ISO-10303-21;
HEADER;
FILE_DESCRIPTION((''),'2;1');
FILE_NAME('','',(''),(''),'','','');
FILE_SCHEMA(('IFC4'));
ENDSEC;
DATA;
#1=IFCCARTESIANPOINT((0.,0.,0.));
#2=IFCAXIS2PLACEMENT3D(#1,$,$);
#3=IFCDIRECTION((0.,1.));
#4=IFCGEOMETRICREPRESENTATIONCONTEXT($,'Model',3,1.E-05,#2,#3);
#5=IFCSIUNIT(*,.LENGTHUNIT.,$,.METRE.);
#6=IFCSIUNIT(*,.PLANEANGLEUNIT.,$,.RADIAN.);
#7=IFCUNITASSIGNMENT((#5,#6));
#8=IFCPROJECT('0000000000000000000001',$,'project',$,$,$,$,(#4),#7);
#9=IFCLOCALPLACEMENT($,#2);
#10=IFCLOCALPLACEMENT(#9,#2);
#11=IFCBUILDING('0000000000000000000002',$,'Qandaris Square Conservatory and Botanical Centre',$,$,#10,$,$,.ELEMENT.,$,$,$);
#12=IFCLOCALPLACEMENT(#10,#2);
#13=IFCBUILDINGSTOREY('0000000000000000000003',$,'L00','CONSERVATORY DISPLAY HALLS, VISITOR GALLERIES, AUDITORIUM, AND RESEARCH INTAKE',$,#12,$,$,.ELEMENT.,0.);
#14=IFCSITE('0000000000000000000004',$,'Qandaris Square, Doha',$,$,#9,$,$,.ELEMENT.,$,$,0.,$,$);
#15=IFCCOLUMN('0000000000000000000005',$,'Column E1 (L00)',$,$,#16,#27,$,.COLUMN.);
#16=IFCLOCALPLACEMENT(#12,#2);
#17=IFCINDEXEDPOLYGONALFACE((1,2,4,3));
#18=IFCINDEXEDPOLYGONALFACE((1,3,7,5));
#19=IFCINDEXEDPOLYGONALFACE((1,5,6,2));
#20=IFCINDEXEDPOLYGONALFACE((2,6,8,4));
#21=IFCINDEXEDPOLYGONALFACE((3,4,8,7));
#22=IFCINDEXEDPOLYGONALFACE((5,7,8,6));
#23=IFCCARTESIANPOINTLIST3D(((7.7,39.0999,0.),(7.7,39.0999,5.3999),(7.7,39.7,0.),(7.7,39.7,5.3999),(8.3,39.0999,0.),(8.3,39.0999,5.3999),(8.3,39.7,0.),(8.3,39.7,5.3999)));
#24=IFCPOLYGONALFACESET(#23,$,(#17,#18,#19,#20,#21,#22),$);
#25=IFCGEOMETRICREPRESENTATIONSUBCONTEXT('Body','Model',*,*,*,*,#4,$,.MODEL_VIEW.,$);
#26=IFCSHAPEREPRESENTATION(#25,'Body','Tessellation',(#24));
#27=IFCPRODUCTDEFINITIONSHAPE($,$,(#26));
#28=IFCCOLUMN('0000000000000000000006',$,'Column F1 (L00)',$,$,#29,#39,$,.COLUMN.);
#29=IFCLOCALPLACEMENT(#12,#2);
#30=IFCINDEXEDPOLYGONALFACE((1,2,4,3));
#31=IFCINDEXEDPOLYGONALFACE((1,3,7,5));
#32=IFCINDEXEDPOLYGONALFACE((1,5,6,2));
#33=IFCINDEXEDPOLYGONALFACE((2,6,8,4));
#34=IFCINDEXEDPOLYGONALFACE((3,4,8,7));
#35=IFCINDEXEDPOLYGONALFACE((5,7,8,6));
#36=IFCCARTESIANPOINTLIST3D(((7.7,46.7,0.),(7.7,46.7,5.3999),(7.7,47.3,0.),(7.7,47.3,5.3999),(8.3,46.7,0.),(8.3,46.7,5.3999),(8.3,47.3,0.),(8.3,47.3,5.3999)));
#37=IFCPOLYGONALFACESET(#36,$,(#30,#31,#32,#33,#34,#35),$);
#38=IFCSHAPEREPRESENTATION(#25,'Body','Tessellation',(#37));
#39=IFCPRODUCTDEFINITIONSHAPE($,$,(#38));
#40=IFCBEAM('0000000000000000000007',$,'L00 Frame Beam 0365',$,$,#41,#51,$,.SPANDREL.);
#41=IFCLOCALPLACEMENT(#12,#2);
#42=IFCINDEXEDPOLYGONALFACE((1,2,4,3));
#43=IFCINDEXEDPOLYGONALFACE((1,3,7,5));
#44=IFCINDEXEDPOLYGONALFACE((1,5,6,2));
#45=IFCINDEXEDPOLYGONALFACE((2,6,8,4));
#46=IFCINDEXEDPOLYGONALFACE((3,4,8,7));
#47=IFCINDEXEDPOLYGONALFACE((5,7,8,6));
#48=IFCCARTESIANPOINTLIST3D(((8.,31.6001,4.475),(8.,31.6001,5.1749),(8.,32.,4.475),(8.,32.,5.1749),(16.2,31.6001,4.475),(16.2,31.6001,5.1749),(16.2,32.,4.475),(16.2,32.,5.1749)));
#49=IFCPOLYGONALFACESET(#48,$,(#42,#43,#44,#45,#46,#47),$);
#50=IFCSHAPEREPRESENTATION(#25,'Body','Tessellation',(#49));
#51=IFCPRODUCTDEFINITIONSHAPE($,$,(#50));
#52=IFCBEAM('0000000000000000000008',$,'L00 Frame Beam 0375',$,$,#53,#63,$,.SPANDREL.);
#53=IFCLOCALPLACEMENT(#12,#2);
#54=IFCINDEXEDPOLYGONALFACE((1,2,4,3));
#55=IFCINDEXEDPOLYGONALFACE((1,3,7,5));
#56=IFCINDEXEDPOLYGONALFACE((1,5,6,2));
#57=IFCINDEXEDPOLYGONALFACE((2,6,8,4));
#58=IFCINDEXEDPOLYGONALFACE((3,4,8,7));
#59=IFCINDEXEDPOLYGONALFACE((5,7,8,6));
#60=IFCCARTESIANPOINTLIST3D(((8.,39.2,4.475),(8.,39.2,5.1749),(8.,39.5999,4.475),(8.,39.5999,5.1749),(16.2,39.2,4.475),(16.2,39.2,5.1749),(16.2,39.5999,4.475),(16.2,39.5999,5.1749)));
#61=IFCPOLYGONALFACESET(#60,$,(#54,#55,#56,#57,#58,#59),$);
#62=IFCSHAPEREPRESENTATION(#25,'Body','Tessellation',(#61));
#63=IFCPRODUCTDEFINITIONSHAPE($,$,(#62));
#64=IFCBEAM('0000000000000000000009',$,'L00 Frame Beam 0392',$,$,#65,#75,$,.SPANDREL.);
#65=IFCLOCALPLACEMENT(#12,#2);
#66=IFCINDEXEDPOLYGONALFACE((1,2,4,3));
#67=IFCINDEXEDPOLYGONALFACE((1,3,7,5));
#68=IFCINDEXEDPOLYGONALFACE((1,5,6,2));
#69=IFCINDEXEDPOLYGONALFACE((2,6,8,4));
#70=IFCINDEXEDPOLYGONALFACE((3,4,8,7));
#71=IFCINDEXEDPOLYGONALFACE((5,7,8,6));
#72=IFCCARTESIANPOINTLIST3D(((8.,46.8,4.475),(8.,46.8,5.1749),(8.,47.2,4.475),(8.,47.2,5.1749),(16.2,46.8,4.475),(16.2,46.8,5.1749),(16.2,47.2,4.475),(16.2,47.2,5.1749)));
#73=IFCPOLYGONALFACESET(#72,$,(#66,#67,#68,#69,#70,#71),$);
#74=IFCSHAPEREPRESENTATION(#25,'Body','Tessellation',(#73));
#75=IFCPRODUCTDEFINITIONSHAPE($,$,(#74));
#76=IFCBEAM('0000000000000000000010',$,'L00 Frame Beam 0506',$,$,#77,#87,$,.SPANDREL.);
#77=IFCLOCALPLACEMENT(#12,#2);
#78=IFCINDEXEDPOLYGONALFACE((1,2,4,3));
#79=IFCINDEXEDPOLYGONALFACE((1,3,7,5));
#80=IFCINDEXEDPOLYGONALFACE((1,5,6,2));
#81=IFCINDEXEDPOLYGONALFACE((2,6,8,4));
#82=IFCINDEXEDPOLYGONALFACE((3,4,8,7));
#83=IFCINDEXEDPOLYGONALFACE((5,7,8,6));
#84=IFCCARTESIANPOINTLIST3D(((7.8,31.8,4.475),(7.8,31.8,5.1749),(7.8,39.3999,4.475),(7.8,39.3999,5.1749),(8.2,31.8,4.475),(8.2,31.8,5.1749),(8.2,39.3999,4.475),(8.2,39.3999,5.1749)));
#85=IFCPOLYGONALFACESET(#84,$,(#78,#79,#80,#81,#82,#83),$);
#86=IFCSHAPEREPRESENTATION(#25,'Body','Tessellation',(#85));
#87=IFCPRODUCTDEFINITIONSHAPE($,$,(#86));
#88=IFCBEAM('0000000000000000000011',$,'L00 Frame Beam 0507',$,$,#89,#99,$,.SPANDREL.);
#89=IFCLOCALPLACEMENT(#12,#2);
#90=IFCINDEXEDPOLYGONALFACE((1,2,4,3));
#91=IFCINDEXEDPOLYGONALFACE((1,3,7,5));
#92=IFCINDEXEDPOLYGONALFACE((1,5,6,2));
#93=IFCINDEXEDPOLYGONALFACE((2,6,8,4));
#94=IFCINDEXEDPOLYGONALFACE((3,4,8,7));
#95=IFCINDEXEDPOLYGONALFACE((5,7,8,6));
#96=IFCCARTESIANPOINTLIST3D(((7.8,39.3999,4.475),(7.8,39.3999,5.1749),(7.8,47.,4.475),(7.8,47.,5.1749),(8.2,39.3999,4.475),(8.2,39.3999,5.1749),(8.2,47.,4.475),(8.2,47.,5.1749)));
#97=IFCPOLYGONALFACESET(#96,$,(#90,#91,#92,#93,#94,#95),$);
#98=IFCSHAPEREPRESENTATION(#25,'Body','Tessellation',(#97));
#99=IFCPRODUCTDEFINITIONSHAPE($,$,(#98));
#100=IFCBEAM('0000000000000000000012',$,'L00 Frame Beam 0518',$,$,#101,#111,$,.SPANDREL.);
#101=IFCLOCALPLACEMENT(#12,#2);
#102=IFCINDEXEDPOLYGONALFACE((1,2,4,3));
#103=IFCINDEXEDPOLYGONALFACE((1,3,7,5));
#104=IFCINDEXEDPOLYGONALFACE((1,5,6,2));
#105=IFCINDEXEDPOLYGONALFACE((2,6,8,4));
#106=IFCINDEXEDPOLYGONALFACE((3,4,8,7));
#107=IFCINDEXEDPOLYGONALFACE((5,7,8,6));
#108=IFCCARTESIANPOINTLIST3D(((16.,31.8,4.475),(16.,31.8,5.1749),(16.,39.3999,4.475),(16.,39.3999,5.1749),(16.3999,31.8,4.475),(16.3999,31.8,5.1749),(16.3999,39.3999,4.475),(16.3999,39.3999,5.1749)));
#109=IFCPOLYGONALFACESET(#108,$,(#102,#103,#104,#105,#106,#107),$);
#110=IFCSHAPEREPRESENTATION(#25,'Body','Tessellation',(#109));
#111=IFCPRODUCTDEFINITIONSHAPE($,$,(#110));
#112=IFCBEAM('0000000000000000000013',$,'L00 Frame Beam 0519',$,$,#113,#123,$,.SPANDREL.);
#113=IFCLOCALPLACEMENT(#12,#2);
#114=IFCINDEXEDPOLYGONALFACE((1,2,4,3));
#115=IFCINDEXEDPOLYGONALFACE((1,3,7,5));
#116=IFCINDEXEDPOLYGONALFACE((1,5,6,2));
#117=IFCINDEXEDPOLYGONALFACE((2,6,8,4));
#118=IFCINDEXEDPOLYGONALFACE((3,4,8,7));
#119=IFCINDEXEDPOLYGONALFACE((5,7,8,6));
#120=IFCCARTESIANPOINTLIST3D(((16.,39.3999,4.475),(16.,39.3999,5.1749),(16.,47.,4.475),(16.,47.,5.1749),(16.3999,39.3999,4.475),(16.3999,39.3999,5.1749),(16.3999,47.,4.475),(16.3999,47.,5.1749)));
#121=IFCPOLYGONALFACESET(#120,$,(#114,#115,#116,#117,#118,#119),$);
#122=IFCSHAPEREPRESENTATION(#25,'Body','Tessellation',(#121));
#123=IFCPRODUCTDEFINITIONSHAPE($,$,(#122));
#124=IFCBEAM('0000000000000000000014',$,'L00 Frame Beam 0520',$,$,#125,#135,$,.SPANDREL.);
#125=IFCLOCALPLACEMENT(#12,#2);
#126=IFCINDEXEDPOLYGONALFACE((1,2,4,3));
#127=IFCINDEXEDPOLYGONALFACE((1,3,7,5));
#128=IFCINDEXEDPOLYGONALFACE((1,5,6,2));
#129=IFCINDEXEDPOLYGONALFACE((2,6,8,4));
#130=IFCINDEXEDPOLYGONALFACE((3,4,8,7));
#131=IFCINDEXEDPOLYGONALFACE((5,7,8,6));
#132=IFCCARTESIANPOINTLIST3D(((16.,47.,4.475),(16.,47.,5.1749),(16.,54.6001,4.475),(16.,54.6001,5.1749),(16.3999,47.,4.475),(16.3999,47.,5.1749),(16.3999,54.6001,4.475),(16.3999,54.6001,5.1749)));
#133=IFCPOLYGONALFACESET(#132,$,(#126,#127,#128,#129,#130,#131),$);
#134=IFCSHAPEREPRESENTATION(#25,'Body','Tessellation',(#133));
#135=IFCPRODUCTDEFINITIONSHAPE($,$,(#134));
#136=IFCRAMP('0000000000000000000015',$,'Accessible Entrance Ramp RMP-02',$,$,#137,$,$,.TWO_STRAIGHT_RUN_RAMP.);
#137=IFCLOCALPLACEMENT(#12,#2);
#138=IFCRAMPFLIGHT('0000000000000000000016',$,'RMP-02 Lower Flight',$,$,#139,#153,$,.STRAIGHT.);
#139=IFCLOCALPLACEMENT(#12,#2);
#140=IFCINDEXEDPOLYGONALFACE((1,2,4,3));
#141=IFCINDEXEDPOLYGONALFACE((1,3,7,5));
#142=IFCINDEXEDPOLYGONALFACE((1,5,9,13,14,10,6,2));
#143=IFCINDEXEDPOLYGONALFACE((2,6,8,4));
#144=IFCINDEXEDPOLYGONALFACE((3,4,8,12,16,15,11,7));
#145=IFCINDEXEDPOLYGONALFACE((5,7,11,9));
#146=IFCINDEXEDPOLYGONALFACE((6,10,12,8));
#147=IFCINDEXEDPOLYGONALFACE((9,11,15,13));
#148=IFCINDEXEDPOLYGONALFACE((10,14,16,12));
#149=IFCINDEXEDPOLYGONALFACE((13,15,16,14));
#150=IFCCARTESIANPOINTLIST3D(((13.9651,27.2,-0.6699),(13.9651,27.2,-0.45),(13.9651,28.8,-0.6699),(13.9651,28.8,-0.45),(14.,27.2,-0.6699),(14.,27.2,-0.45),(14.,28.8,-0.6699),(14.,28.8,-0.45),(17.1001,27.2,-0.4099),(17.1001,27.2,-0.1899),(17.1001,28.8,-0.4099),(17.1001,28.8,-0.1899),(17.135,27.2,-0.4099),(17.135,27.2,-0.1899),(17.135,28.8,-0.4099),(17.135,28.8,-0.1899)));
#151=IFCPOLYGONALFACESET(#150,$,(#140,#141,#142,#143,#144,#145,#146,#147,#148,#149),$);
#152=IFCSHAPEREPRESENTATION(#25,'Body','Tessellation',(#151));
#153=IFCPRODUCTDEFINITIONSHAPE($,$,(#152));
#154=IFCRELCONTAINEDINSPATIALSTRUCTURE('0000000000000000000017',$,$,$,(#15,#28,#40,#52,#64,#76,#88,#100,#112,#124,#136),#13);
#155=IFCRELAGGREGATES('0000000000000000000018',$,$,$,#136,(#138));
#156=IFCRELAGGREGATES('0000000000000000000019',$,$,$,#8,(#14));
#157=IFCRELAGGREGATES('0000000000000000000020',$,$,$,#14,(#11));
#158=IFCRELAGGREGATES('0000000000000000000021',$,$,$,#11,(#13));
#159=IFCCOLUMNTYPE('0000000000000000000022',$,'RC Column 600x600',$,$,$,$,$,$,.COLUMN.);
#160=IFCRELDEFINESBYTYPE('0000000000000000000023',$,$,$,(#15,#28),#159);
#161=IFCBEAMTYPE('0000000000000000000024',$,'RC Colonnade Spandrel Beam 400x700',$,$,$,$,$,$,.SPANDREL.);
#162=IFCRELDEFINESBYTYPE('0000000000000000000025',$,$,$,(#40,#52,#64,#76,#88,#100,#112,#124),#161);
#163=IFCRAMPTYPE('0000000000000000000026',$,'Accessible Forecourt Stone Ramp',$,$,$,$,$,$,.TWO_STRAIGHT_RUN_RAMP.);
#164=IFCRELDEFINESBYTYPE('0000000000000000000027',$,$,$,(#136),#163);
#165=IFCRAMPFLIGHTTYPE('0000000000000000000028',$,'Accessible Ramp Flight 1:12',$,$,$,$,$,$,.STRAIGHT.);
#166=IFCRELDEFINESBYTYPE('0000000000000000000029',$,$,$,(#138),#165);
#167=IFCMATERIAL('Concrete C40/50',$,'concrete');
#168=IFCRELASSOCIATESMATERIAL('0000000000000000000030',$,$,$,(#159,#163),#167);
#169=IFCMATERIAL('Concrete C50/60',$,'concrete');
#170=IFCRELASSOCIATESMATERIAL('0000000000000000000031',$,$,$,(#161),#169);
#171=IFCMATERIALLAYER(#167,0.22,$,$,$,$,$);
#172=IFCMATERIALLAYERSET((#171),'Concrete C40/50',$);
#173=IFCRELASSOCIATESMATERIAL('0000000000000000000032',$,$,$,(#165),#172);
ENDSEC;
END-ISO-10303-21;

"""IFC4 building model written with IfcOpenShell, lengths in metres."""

from ifc_helpers import new_model, si_unit, direction, frame, origin, origin_2d, place, context, subcontext, project, spatial, polyline, rectangle, outline, extrude, material, layer, layer_set, material_profile, profile_set, type_object, element, aggregate, save


model = new_model("IFC4")

# Units and contexts
model_context = context("Model", 3, precision=1e-05, world=origin(), true_north=direction((0.0, 1.0)))
body_context = subcontext(model_context, "Body", "Model", "MODEL_VIEW")
ifc_project = project(units=[si_unit("LENGTHUNIT", "METRE"), si_unit("PLANEANGLEUNIT", "RADIAN")], contexts=[model_context])

# Site, building, storey
site_placement = place(None, origin())
site = spatial("IfcSite", under=ifc_project, at=site_placement, Name="Qandaris Square, Doha", CompositionType="ELEMENT", RefElevation=0.0)
building_placement = place(site_placement, origin())
building = spatial("IfcBuilding", under=site, at=building_placement, Name="Qandaris Square Conservatory and Botanical Centre", CompositionType="ELEMENT")
storey_placement = place(building_placement, origin())
storey = spatial("IfcBuildingStorey", under=building, at=storey_placement, Name="L00", Description="CONSERVATORY DISPLAY HALLS, VISITOR GALLERIES, AUDITORIUM, AND RESEARCH INTAKE", CompositionType="ELEMENT", Elevation=0.0)

# Shared definitions
ifc_material_1 = material(Name="Concrete C50/60", Category="concrete")

# Shared definitions
ifc_material_2 = material(Name="Concrete C40/50", Category="concrete")

# Columns
ifc_material_profile_1 = material_profile(ifc_material_2, rectangle(XDim=0.6001, YDim=0.6001, at=origin_2d()), Name="RC-COL 600x600")
ifc_profile_set_1 = profile_set([ifc_material_profile_1], Name="Concrete C40/50")
column_type_1 = type_object("IfcColumnType", Name="RC Column 600x600", PredefinedType="COLUMN", material=ifc_profile_set_1)
for number, where, z_axis, x_axis, name in (
    (1, (8.0, 39.3999, 0.0), (0.0, 0.0, 1.0), (1.0, 0.0, 0.0), "Column E1 (L00)"),
    (2, (8.0, 47.0, 0.0), (0.0, 0.0, 1.0), (1.0, 0.0, 0.0), "Column F1 (L00)"),
):
    element("IfcColumn", number, at=place(storey_placement, frame(where, z_axis=z_axis, x_axis=x_axis)), inside=storey, type_object=column_type_1, Name=name, PredefinedType="COLUMN", context=body_context, shape_type="SweptSolid", body=[
        extrude(rectangle(XDim=0.6001, YDim=0.6001, at=origin_2d()), origin(), (0.0, 0.0, 1.0), 5.3999),
    ])

# Beams
ifc_material_profile_2 = material_profile(ifc_material_1, rectangle(XDim=0.3999, YDim=0.7, at=origin_2d()), Name="RC-SP 400x700")
ifc_profile_set_2 = profile_set([ifc_material_profile_2], Name="Concrete C50/60")
beam_type = type_object("IfcBeamType", Name="RC Colonnade Spandrel Beam 400x700", PredefinedType="SPANDREL", material=ifc_profile_set_2)
for number, where, z_axis, x_axis, name in (
    (3, (8.0, 31.8, 4.825), (1.0, 0.0, 0.0), (0.0, 1.0, 0.0), "L00 Frame Beam 0365"),
    (4, (8.0, 39.3999, 4.825), (1.0, 0.0, 0.0), (0.0, 1.0, 0.0), "L00 Frame Beam 0375"),
    (5, (8.0, 47.0, 4.825), (1.0, 0.0, 0.0), (0.0, 1.0, 0.0), "L00 Frame Beam 0392"),
):
    element("IfcBeam", number, at=place(storey_placement, frame(where, z_axis=z_axis, x_axis=x_axis)), inside=storey, type_object=beam_type, Name=name, PredefinedType="SPANDREL", context=body_context, shape_type="SweptSolid", body=[
        extrude(rectangle(XDim=0.3999, YDim=0.7, at=origin_2d()), origin(), (0.0, 0.0, 1.0), 8.2),
    ])
beam_1_placement = place(storey_placement, frame((8.0, 31.8, 4.825), z_axis=(0.0, 1.0, 0.0), x_axis=(-1.0, 0.0, 0.0)))
element("IfcBeam", 6, at=beam_1_placement, inside=storey, type_object=beam_type, Name="L00 Frame Beam 0506", PredefinedType="SPANDREL", context=body_context, shape_type="SweptSolid", body=[
    extrude(rectangle(XDim=0.3999, YDim=0.7, at=origin_2d()), origin(), (0.0, 0.0, 1.0), 7.5999),
])
beam_2_placement = place(storey_placement, frame((8.0, 39.3999, 4.825), z_axis=(0.0, 1.0, 0.0), x_axis=(-1.0, 0.0, 0.0)))
element("IfcBeam", 7, at=beam_2_placement, inside=storey, type_object=beam_type, Name="L00 Frame Beam 0507", PredefinedType="SPANDREL", context=body_context, shape_type="SweptSolid", body=[
    extrude(rectangle(XDim=0.3999, YDim=0.7, at=origin_2d()), origin(), (0.0, 0.0, 1.0), 7.6001),
])
beam_3_placement = place(storey_placement, frame((16.2, 31.8, 4.825), z_axis=(0.0, 1.0, 0.0), x_axis=(-1.0, 0.0, 0.0)))
element("IfcBeam", 8, at=beam_3_placement, inside=storey, type_object=beam_type, Name="L00 Frame Beam 0518", PredefinedType="SPANDREL", context=body_context, shape_type="SweptSolid", body=[
    extrude(rectangle(XDim=0.3999, YDim=0.7, at=origin_2d()), origin(), (0.0, 0.0, 1.0), 7.5999),
])
for number, where, z_axis, x_axis, name in (
    (9, (16.2, 39.3999, 4.825), (0.0, 1.0, 0.0), (-1.0, 0.0, 0.0), "L00 Frame Beam 0519"),
    (10, (16.2, 47.0, 4.825), (0.0, 1.0, 0.0), (-1.0, 0.0, 0.0), "L00 Frame Beam 0520"),
):
    element("IfcBeam", number, at=place(storey_placement, frame(where, z_axis=z_axis, x_axis=x_axis)), inside=storey, type_object=beam_type, Name=name, PredefinedType="SPANDREL", context=body_context, shape_type="SweptSolid", body=[
        extrude(rectangle(XDim=0.3999, YDim=0.7, at=origin_2d()), origin(), (0.0, 0.0, 1.0), 7.6001),
    ])

# Ramp, ramp flight
ramp_type = type_object("IfcRampType", Name="Accessible Forecourt Stone Ramp", PredefinedType="TWO_STRAIGHT_RUN_RAMP", material=ifc_material_2)
ramp_placement = place(storey_placement, origin())
ramp = element("IfcRamp", 11, at=ramp_placement, inside=storey, type_object=ramp_type, Name="Accessible Entrance Ramp RMP-02", PredefinedType="TWO_STRAIGHT_RUN_RAMP")
ifc_layer = layer(ifc_material_2, 0.22)
ifc_layer_set = layer_set([ifc_layer], Name="Concrete C40/50")
ramp_flight_type = type_object("IfcRampFlightType", Name="Accessible Ramp Flight 1:12", PredefinedType="STRAIGHT", material=ifc_layer_set)
ramp_flight_placement = place(storey_placement, frame((14.0, 28.0, -0.45), z_axis=(0.0, 0.0, 1.0), x_axis=(1.0, 0.0, 0.0)))
ramp_flight = element("IfcRampFlight", 12, at=ramp_flight_placement, type_object=ramp_flight_type, Name="RMP-02 Lower Flight", PredefinedType="STRAIGHT", context=body_context, shape_type="SweptSolid", body=[
    extrude(outline(polyline([(-0.0349, 0.0), (0.0, 0.0), (3.1001, 0.26), (3.135, 0.26), (3.135, 0.04), (3.1001, 0.04), (0.0, -0.22), (-0.0349, -0.22), (-0.0349, 0.0)])), frame((0.0, 0.8, 0.0), z_axis=(0.0, -1.0, 0.0), x_axis=(1.0, 0.0, 0.0)), (0.0, 0.0, 1.0), 1.6001),
])
aggregate(ramp, [ramp_flight])

save(model, "model.ifc")
